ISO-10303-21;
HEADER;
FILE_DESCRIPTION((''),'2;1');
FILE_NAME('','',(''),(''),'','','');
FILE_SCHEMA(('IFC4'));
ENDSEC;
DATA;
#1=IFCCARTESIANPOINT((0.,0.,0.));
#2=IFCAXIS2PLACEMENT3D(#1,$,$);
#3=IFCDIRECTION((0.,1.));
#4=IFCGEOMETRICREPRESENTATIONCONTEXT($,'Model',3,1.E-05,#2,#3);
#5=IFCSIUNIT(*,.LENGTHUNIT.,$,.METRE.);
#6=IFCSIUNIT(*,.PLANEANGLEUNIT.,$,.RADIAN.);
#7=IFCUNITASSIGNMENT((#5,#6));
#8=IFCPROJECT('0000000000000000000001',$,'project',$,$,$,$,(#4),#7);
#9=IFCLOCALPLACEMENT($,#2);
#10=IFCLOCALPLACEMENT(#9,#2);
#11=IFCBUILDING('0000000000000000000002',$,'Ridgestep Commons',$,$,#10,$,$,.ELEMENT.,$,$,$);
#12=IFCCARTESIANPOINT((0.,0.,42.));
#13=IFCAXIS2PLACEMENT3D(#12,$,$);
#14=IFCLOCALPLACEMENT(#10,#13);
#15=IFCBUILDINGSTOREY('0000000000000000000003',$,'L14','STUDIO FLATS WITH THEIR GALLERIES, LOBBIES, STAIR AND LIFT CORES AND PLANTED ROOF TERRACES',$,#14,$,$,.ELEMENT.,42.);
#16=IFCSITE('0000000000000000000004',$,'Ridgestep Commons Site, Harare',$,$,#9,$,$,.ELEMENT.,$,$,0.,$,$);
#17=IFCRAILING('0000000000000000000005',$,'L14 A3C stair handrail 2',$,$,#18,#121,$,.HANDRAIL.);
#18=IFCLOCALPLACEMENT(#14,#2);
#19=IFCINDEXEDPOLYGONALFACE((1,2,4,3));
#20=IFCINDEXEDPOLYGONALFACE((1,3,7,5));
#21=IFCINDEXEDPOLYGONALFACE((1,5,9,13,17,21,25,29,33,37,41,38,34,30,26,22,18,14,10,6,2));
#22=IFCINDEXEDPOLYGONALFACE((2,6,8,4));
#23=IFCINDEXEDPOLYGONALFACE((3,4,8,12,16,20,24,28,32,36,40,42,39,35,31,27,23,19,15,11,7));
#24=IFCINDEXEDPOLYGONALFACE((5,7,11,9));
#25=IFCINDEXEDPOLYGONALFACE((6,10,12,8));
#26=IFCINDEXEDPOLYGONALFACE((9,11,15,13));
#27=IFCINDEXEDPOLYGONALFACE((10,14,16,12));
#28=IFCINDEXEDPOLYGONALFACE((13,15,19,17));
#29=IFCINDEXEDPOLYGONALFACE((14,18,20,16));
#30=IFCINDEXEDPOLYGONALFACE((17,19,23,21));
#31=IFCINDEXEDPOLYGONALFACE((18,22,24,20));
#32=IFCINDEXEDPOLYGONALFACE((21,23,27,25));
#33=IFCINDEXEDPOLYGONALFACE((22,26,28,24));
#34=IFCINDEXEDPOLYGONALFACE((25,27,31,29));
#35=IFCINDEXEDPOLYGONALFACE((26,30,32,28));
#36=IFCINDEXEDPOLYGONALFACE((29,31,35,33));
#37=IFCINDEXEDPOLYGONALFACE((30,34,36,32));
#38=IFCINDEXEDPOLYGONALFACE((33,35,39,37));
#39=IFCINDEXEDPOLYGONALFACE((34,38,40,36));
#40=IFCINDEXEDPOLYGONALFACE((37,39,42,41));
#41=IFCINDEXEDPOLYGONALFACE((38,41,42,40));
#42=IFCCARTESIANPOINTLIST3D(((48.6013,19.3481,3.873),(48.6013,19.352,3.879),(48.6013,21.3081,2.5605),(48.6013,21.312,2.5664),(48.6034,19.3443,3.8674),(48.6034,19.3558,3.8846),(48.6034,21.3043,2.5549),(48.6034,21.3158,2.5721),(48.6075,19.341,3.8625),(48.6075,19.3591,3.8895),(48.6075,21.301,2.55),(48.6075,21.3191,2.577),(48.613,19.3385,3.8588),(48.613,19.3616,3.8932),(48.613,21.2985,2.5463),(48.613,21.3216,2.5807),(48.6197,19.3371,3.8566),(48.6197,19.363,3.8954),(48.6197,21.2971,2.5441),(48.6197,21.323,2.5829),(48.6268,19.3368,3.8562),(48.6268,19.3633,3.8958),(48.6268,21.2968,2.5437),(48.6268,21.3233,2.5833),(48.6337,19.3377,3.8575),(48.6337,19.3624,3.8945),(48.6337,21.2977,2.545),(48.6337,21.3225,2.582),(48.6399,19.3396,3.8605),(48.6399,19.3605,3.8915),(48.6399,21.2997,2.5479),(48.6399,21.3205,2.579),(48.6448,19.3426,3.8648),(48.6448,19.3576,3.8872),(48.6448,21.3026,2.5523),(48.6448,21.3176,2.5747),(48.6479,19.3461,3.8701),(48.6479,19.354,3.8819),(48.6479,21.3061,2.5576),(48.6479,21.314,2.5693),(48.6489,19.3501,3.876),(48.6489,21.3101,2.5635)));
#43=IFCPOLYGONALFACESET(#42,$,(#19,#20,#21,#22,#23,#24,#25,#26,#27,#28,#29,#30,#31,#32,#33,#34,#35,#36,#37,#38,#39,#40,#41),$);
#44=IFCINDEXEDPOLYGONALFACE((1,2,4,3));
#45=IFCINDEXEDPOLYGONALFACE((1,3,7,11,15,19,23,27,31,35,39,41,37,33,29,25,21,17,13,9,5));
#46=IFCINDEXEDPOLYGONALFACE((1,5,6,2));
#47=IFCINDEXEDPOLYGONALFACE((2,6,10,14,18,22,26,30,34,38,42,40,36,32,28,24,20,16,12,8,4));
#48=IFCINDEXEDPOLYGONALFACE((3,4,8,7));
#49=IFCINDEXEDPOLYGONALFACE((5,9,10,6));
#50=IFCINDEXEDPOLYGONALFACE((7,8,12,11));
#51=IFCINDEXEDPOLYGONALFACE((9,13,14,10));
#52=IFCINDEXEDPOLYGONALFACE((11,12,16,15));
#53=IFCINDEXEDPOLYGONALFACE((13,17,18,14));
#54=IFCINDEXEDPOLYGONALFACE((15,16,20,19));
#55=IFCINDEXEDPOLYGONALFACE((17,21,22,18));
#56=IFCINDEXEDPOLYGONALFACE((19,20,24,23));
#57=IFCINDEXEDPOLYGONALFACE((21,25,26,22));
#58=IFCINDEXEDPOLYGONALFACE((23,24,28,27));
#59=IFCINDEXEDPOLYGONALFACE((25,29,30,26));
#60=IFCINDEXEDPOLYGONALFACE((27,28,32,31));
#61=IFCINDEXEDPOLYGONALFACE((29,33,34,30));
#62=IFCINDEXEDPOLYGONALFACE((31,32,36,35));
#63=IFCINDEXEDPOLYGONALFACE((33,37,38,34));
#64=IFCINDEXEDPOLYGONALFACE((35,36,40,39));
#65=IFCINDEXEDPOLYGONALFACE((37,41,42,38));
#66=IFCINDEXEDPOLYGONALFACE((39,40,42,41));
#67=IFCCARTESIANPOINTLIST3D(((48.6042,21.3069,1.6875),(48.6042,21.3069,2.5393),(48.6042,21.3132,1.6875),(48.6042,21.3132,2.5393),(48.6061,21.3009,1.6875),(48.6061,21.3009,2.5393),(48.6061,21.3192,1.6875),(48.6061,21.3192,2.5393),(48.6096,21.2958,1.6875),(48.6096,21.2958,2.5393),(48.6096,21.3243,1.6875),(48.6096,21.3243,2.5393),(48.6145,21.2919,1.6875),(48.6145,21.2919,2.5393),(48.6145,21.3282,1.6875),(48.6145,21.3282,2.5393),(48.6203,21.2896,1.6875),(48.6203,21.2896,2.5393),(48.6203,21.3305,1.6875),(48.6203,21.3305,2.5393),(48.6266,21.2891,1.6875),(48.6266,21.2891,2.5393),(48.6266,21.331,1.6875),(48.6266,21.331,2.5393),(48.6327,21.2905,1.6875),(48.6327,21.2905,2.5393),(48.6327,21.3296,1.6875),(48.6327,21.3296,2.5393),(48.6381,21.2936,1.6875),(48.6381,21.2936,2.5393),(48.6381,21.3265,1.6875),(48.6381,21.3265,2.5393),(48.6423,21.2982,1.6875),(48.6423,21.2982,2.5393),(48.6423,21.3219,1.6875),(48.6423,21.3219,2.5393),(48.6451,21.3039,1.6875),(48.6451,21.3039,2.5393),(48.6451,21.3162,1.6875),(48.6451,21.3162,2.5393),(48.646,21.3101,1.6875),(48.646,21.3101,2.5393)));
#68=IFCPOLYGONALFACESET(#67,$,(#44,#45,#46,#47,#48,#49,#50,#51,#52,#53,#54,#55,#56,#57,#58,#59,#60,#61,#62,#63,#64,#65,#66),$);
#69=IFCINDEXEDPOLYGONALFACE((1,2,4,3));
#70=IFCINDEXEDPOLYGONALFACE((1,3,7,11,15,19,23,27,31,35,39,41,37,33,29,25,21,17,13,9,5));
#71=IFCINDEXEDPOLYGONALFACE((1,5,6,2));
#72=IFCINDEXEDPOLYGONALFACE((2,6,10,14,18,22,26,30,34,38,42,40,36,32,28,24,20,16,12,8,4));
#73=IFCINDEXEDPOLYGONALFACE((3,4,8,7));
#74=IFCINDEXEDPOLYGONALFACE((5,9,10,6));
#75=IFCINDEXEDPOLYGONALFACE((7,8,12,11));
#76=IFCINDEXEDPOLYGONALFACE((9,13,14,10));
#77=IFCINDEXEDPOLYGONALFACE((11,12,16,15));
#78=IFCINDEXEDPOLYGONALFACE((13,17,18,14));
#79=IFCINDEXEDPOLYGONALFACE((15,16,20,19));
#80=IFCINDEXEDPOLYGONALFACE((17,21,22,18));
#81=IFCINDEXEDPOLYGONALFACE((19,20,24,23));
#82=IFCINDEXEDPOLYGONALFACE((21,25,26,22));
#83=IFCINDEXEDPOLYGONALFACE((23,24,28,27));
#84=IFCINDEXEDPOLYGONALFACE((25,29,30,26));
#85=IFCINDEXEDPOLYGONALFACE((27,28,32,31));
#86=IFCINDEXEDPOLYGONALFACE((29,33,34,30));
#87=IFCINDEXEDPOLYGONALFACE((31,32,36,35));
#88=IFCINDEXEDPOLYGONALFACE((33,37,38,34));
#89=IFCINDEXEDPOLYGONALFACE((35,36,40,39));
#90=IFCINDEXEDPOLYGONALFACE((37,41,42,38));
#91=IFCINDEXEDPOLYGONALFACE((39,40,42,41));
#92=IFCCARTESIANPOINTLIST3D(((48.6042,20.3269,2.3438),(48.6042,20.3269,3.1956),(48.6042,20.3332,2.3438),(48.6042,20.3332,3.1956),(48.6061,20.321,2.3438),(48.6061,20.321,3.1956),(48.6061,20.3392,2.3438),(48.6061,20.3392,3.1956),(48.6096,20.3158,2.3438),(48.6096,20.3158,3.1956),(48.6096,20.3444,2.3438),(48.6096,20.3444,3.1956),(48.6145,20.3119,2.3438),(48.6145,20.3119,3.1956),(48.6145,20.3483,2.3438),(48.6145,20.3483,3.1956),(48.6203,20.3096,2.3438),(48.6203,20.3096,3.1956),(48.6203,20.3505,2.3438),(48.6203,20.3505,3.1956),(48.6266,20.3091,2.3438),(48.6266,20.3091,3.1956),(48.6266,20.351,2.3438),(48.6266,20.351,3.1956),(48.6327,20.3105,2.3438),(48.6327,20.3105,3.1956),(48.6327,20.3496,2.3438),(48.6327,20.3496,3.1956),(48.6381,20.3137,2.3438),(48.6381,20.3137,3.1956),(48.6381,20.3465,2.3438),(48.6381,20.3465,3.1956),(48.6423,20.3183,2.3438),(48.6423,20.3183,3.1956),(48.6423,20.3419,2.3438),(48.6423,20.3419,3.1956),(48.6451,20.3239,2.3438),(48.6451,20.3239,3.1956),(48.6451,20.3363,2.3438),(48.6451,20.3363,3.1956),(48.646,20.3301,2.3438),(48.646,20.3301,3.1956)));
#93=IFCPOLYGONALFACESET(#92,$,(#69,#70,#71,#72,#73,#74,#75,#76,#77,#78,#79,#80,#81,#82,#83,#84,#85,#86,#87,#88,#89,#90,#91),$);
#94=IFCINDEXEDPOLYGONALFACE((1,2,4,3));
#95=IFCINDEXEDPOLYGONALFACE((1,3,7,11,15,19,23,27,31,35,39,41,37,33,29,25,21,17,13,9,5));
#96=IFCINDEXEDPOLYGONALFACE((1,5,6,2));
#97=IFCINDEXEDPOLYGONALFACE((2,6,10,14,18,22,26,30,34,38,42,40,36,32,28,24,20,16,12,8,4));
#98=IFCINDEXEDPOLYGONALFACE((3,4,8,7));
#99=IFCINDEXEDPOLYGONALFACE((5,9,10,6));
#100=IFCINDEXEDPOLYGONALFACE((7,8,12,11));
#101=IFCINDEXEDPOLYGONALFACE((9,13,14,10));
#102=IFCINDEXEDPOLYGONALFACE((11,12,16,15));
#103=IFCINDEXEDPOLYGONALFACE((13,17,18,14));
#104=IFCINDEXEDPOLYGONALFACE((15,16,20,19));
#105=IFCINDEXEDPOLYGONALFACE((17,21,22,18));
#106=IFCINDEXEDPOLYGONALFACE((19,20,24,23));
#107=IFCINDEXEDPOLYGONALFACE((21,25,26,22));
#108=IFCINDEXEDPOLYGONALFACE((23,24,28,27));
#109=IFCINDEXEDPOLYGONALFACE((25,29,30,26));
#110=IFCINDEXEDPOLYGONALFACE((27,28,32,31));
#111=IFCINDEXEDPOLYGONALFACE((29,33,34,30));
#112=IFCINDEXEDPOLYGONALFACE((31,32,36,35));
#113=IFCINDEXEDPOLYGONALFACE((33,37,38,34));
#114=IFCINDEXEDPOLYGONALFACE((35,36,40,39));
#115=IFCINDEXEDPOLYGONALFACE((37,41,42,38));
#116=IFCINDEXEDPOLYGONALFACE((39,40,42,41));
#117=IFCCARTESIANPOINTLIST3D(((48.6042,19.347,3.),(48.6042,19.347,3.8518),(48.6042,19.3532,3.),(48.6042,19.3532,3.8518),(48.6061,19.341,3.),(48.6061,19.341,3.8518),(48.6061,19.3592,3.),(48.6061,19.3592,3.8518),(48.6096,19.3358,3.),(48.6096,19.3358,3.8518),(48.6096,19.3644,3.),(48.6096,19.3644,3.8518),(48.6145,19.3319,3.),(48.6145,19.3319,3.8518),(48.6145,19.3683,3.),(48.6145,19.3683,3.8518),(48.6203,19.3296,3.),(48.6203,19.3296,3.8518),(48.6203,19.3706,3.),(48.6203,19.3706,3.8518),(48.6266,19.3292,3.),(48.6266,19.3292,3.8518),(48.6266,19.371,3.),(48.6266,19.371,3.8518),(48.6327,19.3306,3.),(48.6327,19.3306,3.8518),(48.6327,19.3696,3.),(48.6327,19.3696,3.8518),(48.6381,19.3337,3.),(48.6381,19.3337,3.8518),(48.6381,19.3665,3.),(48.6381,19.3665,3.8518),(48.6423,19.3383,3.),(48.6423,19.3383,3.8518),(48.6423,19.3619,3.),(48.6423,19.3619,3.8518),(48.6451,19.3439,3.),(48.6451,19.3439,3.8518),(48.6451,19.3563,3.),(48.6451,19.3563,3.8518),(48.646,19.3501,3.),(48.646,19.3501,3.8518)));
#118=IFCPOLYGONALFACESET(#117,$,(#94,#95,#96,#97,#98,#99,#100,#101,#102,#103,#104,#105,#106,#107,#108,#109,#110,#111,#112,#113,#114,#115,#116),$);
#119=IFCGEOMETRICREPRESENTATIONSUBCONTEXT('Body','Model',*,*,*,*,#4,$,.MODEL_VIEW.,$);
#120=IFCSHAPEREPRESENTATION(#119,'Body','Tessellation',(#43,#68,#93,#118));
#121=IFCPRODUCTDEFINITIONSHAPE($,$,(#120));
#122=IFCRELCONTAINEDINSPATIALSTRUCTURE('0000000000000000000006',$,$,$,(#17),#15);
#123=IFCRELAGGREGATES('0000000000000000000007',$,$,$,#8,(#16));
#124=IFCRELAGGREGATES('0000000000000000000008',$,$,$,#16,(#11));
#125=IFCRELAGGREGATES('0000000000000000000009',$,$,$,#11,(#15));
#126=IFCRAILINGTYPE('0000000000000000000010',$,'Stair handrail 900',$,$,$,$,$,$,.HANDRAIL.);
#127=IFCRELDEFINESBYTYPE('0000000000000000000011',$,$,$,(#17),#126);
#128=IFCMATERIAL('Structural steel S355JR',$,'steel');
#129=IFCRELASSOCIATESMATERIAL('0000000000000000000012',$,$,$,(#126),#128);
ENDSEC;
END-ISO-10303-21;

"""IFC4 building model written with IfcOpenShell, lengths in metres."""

from ifc_helpers import new_model, si_unit, direction, frame, origin, origin_2d, place, context, subcontext, project, spatial, circle, extrude, material, type_object, element, save


model = new_model("IFC4")

# Units and contexts
model_context = context("Model", 3, precision=1e-05, world=origin(), true_north=direction((0.0, 1.0)))
body_context = subcontext(model_context, "Body", "Model", "MODEL_VIEW")
ifc_project = project(units=[si_unit("LENGTHUNIT", "METRE"), si_unit("PLANEANGLEUNIT", "RADIAN")], contexts=[model_context])

# Site, building, storey
site_placement = place(None, origin())
site = spatial("IfcSite", under=ifc_project, at=site_placement, Name="Ridgestep Commons Site, Harare", CompositionType="ELEMENT", RefElevation=0.0)
building_placement = place(site_placement, origin())
building = spatial("IfcBuilding", under=site, at=building_placement, Name="Ridgestep Commons", CompositionType="ELEMENT")
storey_placement = place(building_placement, frame((0.0, 0.0, 42.0)))
storey = spatial("IfcBuildingStorey", under=building, at=storey_placement, Name="L14", Description="STUDIO FLATS WITH THEIR GALLERIES, LOBBIES, STAIR AND LIFT CORES AND PLANTED ROOF TERRACES", CompositionType="ELEMENT", Elevation=42.0)

# Railing
ifc_material_1 = material(Name="Structural steel S355JR", Category="steel")
railing_type_1 = type_object("IfcRailingType", Name="Stair handrail 900", PredefinedType="HANDRAIL", material=ifc_material_1)
railing_1_placement = place(storey_placement, frame((48.625, 21.3101, 1.6875)))
element("IfcRailing", 1, at=railing_1_placement, inside=storey, type_object=railing_type_1, Name="L14 A3C stair handrail 2", PredefinedType="HANDRAIL", context=body_context, shape_type="SweptSolid", body=[
    extrude(circle(Radius=0.0239, at=origin_2d()), frame((0.0, 0.0, 0.876), z_axis=(0.0, -0.830902, 0.556419), x_axis=(1.0, 0.0, 0.0)), (0.0, 0.0, 1.0), 2.3589),
    extrude(circle(Radius=0.021, at=origin_2d()), origin(), (0.0, 0.0, 1.0), 0.8518),
    extrude(circle(Radius=0.021, at=origin_2d()), frame((0.0, -0.98, 0.6562)), (0.0, 0.0, 1.0), 0.8518),
    extrude(circle(Radius=0.021, at=origin_2d()), frame((0.0, -1.96, 1.3125)), (0.0, 0.0, 1.0), 0.8518),
])

save(model, "model.ifc")
